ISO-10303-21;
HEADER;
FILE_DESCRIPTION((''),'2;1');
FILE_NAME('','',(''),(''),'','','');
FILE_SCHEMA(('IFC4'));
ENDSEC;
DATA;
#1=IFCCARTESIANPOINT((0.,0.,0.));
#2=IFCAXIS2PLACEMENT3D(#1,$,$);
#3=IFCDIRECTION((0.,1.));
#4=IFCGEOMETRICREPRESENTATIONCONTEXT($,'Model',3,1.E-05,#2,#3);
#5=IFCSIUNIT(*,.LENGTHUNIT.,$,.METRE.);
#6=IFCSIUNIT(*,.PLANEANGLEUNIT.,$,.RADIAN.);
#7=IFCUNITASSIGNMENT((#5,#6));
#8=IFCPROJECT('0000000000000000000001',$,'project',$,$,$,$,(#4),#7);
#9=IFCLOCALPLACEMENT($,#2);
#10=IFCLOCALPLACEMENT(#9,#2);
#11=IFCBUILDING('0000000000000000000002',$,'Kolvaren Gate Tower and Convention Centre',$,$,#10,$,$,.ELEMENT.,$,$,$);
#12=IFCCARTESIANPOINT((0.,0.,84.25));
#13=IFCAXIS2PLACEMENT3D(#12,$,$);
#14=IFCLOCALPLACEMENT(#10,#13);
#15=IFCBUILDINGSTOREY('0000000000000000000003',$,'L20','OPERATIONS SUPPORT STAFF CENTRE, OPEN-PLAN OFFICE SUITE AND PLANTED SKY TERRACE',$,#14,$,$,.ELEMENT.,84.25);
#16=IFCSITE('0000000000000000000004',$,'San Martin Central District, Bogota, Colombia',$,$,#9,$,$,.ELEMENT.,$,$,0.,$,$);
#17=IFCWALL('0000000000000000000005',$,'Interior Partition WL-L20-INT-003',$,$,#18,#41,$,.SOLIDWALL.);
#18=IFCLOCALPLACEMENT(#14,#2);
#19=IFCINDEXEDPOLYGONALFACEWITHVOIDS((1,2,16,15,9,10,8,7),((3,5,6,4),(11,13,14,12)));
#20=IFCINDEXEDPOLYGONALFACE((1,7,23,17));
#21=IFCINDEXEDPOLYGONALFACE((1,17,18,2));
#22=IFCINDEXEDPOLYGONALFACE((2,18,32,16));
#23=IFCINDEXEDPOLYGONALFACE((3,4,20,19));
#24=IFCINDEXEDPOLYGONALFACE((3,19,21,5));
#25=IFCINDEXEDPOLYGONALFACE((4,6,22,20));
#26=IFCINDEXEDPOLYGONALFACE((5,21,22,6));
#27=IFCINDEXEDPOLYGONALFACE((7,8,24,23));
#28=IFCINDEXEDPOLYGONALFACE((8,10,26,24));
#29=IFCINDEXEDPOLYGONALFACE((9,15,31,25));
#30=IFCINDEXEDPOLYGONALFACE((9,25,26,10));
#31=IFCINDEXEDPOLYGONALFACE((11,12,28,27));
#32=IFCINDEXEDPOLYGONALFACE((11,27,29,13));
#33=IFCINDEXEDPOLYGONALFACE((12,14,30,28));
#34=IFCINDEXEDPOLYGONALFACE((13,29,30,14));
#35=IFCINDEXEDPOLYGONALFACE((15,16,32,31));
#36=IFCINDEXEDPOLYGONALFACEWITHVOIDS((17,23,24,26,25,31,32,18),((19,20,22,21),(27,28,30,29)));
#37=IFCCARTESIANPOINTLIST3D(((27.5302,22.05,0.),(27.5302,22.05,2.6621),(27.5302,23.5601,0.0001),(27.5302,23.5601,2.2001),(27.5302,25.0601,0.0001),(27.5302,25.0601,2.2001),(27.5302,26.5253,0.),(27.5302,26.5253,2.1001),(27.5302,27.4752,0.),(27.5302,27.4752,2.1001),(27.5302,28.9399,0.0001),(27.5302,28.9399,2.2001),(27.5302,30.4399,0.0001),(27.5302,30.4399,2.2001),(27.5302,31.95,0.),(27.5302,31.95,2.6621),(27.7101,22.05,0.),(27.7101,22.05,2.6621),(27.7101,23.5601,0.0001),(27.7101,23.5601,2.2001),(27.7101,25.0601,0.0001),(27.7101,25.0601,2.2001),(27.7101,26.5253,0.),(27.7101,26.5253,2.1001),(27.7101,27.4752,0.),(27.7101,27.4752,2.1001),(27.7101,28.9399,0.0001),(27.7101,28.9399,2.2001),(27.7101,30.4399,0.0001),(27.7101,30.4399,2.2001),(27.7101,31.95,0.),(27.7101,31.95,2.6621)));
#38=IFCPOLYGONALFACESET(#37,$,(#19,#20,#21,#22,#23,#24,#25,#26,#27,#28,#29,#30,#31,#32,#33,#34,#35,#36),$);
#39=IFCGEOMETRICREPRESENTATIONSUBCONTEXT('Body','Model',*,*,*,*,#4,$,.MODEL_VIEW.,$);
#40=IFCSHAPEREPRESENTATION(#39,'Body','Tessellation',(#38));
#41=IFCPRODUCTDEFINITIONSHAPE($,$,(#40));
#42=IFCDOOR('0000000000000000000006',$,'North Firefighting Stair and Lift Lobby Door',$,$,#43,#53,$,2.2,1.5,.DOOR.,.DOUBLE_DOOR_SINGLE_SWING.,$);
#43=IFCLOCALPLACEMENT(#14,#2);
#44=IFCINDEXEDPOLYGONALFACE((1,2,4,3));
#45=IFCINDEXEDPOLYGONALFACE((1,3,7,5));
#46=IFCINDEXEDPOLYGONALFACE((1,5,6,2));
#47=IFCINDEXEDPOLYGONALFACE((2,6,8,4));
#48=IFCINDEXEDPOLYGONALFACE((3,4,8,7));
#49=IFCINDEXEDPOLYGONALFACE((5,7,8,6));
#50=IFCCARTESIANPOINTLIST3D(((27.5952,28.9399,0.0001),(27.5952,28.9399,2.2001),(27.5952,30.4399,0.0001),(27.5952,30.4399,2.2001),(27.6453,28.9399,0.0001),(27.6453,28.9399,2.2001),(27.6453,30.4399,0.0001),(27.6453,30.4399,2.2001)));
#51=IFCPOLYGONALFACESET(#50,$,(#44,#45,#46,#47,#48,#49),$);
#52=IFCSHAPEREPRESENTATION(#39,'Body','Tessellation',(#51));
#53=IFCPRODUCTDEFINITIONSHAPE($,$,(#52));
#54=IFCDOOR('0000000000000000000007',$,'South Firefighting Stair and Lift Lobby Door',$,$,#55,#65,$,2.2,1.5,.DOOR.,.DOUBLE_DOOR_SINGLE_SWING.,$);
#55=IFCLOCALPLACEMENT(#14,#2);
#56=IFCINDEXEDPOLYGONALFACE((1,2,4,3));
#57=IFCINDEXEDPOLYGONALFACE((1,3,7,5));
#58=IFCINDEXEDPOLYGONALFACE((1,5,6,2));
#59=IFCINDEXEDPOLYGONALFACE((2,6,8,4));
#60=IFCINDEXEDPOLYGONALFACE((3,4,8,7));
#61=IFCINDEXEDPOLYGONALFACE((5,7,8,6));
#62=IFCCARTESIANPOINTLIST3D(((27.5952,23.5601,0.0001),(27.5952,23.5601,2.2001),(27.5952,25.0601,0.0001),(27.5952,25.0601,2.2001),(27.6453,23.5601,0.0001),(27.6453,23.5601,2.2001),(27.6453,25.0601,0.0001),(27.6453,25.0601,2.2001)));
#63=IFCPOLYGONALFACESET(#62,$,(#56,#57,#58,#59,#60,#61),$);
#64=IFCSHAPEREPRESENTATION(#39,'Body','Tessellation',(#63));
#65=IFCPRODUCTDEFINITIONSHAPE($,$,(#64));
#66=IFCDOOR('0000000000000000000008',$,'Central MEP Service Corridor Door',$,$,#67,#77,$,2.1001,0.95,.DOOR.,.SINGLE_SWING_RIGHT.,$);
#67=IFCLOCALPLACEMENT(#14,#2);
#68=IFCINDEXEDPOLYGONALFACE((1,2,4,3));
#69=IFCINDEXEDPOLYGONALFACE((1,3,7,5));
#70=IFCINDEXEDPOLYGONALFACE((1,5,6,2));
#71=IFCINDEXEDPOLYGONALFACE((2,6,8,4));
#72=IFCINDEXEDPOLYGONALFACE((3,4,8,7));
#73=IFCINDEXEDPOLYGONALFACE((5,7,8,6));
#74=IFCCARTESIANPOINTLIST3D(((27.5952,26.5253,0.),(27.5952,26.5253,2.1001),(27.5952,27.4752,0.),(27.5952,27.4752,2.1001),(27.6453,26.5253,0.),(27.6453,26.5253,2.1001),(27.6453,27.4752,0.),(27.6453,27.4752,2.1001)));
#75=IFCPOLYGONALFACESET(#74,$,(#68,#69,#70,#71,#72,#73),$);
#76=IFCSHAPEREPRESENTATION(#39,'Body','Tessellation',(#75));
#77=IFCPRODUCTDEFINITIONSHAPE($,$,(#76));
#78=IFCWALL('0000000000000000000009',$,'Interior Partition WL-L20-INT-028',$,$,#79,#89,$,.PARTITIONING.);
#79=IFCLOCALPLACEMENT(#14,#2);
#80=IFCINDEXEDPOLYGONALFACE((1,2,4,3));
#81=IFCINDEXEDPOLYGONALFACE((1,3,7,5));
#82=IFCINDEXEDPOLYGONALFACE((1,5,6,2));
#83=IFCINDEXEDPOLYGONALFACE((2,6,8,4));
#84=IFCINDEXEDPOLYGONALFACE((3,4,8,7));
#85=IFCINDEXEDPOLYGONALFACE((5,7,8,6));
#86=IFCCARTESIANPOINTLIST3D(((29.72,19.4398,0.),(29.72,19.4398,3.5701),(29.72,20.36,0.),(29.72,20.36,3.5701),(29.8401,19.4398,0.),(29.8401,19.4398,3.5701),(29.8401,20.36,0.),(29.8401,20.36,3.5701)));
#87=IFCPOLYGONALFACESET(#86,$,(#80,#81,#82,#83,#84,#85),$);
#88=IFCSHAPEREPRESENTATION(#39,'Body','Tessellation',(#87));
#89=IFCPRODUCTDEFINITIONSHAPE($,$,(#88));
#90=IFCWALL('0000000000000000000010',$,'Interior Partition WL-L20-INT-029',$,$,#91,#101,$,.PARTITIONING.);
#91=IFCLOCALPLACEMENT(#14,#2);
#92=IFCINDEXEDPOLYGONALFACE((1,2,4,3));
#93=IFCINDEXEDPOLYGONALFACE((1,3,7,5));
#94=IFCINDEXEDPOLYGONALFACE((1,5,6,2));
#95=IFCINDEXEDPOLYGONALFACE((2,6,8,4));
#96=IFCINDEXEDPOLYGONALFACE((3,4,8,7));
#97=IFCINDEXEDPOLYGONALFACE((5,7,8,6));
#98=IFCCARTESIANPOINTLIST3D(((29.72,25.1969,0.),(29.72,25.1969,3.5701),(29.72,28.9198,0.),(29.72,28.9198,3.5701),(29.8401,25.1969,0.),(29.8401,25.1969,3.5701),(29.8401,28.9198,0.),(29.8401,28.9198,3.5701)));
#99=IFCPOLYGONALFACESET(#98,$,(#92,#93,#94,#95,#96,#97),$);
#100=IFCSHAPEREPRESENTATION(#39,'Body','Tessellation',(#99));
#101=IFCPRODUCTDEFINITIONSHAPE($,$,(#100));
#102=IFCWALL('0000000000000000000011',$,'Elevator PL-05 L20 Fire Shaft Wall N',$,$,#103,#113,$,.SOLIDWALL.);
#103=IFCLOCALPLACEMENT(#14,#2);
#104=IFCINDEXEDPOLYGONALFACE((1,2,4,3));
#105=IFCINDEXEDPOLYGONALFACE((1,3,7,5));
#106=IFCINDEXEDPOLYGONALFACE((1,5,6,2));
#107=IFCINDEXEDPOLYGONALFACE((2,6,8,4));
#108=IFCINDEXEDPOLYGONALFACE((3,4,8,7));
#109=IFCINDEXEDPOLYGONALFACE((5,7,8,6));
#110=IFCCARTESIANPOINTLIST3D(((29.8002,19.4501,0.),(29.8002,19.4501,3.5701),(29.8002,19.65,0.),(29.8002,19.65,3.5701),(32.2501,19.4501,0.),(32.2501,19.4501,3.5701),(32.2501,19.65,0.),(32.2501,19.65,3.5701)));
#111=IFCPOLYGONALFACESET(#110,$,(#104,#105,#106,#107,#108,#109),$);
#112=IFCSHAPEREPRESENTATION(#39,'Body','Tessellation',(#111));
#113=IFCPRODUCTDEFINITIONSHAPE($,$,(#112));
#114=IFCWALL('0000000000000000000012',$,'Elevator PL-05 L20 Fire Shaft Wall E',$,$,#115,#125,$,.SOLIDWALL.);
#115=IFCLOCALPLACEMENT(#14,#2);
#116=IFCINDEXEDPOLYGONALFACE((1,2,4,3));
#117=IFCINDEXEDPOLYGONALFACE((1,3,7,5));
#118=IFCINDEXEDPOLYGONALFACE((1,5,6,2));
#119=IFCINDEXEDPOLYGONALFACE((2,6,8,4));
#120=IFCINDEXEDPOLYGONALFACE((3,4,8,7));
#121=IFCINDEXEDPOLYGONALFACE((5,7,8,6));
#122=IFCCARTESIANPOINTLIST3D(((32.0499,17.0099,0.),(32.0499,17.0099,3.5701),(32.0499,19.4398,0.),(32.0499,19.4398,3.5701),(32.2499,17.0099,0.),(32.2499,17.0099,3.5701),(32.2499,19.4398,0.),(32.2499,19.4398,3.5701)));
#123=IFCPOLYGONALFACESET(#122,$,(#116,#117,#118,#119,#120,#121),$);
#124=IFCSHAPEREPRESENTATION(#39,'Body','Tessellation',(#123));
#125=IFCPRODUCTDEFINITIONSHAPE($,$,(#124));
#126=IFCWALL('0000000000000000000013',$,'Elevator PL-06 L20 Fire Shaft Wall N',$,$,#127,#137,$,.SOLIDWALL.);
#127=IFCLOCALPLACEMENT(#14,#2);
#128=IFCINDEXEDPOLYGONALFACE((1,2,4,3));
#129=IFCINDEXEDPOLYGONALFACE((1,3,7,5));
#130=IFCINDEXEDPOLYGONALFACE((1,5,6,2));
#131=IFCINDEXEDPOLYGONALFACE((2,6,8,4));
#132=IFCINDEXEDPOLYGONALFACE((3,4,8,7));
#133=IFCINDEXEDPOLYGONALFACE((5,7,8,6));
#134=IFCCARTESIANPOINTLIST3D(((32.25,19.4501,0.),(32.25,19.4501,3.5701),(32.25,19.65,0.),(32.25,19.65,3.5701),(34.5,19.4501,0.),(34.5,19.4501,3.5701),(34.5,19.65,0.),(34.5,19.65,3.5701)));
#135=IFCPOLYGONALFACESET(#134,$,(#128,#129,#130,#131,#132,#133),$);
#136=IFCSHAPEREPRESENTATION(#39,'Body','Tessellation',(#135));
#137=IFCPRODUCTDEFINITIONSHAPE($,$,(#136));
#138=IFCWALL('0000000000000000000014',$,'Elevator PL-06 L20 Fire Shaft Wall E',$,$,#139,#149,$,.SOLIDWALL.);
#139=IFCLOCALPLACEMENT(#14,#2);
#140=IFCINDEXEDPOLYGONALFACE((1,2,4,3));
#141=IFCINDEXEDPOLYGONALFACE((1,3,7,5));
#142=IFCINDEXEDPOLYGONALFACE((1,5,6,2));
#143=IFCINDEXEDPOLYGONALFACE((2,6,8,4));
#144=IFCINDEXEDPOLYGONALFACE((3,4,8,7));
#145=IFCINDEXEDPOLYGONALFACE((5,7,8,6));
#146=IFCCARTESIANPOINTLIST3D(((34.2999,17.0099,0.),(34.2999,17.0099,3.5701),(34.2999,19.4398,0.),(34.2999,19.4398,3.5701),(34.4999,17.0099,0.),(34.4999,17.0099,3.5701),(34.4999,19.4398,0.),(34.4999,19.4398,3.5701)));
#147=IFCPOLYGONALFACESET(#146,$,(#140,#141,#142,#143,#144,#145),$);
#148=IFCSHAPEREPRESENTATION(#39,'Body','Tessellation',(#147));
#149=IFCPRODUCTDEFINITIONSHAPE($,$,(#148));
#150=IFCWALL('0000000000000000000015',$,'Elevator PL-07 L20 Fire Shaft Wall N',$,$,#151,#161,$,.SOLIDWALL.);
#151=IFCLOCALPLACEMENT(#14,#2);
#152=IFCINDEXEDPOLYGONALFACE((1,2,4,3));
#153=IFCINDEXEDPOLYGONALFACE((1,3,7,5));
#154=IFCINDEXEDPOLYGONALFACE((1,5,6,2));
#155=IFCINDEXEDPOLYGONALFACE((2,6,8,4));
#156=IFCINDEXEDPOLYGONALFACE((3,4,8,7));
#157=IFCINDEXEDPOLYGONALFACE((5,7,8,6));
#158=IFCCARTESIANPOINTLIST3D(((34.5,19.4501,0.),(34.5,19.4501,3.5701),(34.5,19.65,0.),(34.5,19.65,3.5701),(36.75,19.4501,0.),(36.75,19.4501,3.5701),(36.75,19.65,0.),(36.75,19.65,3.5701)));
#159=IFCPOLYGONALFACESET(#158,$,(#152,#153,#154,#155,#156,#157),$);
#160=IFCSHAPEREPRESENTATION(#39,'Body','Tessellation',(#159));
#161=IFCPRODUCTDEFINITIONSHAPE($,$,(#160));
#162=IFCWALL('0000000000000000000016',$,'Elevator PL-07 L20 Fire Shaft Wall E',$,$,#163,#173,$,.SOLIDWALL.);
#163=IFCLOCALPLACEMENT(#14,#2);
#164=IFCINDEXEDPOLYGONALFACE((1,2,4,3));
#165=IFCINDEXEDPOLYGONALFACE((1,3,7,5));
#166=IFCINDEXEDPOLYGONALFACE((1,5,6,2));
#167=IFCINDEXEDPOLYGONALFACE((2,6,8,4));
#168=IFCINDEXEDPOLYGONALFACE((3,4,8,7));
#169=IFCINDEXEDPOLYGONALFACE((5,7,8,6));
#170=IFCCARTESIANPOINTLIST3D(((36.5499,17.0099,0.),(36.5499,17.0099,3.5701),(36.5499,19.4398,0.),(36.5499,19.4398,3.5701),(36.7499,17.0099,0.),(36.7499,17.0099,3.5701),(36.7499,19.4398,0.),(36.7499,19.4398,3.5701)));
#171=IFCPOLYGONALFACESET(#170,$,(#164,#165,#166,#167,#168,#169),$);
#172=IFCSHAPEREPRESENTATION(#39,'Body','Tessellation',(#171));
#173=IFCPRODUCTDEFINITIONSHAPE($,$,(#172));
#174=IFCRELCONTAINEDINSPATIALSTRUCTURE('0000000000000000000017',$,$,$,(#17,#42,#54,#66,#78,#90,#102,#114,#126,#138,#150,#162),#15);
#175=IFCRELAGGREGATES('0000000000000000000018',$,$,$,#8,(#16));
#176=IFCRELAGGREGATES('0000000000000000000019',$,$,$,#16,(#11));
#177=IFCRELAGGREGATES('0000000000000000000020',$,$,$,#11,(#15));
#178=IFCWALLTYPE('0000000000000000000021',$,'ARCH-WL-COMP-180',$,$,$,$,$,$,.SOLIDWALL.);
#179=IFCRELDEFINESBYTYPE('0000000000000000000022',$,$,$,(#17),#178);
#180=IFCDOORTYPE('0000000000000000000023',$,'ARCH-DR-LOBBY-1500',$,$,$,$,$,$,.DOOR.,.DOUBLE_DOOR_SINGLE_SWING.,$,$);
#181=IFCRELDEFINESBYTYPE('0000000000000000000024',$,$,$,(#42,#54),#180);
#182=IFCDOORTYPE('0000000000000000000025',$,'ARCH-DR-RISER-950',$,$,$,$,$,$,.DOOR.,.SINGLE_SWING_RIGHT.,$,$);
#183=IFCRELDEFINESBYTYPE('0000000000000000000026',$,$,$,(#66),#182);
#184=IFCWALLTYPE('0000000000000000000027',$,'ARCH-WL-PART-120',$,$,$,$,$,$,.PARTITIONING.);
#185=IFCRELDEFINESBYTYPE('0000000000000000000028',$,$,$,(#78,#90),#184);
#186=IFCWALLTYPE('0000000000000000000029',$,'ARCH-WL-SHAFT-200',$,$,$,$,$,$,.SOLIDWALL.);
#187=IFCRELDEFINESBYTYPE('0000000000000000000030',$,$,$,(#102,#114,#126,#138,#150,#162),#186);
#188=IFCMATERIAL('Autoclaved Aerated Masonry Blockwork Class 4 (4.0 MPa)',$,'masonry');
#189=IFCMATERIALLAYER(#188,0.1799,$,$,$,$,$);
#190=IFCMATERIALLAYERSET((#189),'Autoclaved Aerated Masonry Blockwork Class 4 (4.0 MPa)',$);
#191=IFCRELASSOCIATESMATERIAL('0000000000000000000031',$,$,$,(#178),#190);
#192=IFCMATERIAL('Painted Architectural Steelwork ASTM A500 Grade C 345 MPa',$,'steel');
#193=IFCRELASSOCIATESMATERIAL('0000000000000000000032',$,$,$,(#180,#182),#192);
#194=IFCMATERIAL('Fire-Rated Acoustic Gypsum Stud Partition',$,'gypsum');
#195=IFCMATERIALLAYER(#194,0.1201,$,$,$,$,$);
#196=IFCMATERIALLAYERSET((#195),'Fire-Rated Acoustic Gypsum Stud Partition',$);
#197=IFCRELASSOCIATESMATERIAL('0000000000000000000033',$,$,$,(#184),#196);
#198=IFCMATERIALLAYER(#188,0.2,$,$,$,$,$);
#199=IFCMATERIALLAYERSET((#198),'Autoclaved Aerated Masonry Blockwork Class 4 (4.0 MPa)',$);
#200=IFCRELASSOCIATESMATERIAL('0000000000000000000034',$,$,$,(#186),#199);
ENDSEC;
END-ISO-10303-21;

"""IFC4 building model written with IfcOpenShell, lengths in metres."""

from ifc_helpers import new_model, si_unit, direction, frame, frame_2d, origin, place, context, subcontext, project, spatial, rectangle, extrude, material, layer, layer_set, type_object, element, fill, save


model = new_model("IFC4")

# Units and contexts
model_context = context("Model", 3, precision=1e-05, world=origin(), true_north=direction((0.0, 1.0)))
body_context = subcontext(model_context, "Body", "Model", "MODEL_VIEW")
ifc_project = project(units=[si_unit("LENGTHUNIT", "METRE"), si_unit("PLANEANGLEUNIT", "RADIAN")], contexts=[model_context])

# Site, building, storey
site_placement = place(None, origin())
site = spatial("IfcSite", under=ifc_project, at=site_placement, Name="San Martin Central District, Bogota, Colombia", CompositionType="ELEMENT", RefElevation=0.0)
building_placement = place(site_placement, origin())
building = spatial("IfcBuilding", under=site, at=building_placement, Name="Kolvaren Gate Tower and Convention Centre", CompositionType="ELEMENT")
storey_placement = place(building_placement, frame((0.0, 0.0, 84.25)))
storey = spatial("IfcBuildingStorey", under=building, at=storey_placement, Name="L20", Description="OPERATIONS SUPPORT STAFF CENTRE, OPEN-PLAN OFFICE SUITE AND PLANTED SKY TERRACE", CompositionType="ELEMENT", Elevation=84.25)

# Wall, openings, doors
ifc_material_1 = material(Name="Autoclaved Aerated Masonry Blockwork Class 4 (4.0 MPa)", Category="masonry")
ifc_layer_1 = layer(ifc_material_1, 0.1799)
ifc_layer_set_1 = layer_set([ifc_layer_1], Name="Autoclaved Aerated Masonry Blockwork Class 4 (4.0 MPa)")
wall_type_1 = type_object("IfcWallType", Name="ARCH-WL-COMP-180", PredefinedType="SOLIDWALL", material=ifc_layer_set_1)
wall_1_placement = place(storey_placement, frame((27.6201, 22.05, 0.0), z_axis=(0.0, 0.0, 1.0), x_axis=(0.0, 1.0, 0.0)))
wall_1 = element("IfcWall", 1, at=wall_1_placement, inside=storey, type_object=wall_type_1, Name="Interior Partition WL-L20-INT-003", PredefinedType="SOLIDWALL", context=body_context, shape_type="SweptSolid", body=[
    extrude(rectangle(XDim=9.8999, YDim=0.1799, at=frame_2d((4.95, 0.0))), origin(), (0.0, 0.0, 1.0), 2.6621),
])
opening_1_placement = place(wall_1_placement, frame((4.4751, 0.0, 0.0)))
opening_1 = element("IfcOpeningElement", 2, at=opening_1_placement, cuts=wall_1, PredefinedType="OPENING", context=body_context, shape_type="SweptSolid", body=[
    extrude(rectangle(XDim=0.95, YDim=2.1001, at=frame_2d((0.4751, 1.05))), frame((0.0, 0.0999, 0.0), z_axis=(0.0, -1.0, 0.0), x_axis=(1.0, 0.0, 0.0)), (0.0, 0.0, 1.0), 0.2),
])
opening_2_placement = place(wall_1_placement, frame((6.8899, 0.0, 0.0)))
opening_2 = element("IfcOpeningElement", 3, at=opening_2_placement, cuts=wall_1, PredefinedType="OPENING", context=body_context, shape_type="SweptSolid", body=[
    extrude(rectangle(XDim=1.5, YDim=2.2, at=frame_2d((0.75, 1.1001))), frame((0.0, 0.0999, 0.0), z_axis=(0.0, -1.0, 0.0), x_axis=(1.0, 0.0, 0.0)), (0.0, 0.0, 1.0), 0.2),
])
opening_3_placement = place(wall_1_placement, frame((1.51, 0.0, 0.0)))
opening_3 = element("IfcOpeningElement", 4, at=opening_3_placement, cuts=wall_1, PredefinedType="OPENING", context=body_context, shape_type="SweptSolid", body=[
    extrude(rectangle(XDim=1.5, YDim=2.2, at=frame_2d((0.75, 1.1001))), frame((0.0, 0.0999, 0.0), z_axis=(0.0, -1.0, 0.0), x_axis=(1.0, 0.0, 0.0)), (0.0, 0.0, 1.0), 0.2),
])
ifc_material_2 = material(Name="Painted Architectural Steelwork ASTM A500 Grade C 345 MPa", Category="steel")
door_type_1 = type_object("IfcDoorType", Name="ARCH-DR-LOBBY-1500", OperationType="DOUBLE_DOOR_SINGLE_SWING", PredefinedType="DOOR", material=ifc_material_2)
door_1_placement = place(opening_2_placement, origin())
door_1 = element("IfcDoor", 5, at=door_1_placement, inside=storey, type_object=door_type_1, Name="North Firefighting Stair and Lift Lobby Door", OperationType="DOUBLE_DOOR_SINGLE_SWING", OverallHeight=2.2, OverallWidth=1.5, PredefinedType="DOOR", context=body_context, shape_type="SweptSolid", body=[
    extrude(rectangle(XDim=1.5, YDim=2.2, at=frame_2d((0.75, 1.1001))), frame((0.0, 0.0249, 0.0), z_axis=(0.0, -1.0, 0.0), x_axis=(1.0, 0.0, 0.0)), (0.0, 0.0, 1.0), 0.05),
])
fill(opening_2, door_1)
door_2_placement = place(opening_3_placement, origin())
door_2 = element("IfcDoor", 6, at=door_2_placement, inside=storey, type_object=door_type_1, Name="South Firefighting Stair and Lift Lobby Door", OperationType="DOUBLE_DOOR_SINGLE_SWING", OverallHeight=2.2, OverallWidth=1.5, PredefinedType="DOOR", context=body_context, shape_type="SweptSolid", body=[
    extrude(rectangle(XDim=1.5, YDim=2.2, at=frame_2d((0.75, 1.1001))), frame((0.0, 0.0249, 0.0), z_axis=(0.0, -1.0, 0.0), x_axis=(1.0, 0.0, 0.0)), (0.0, 0.0, 1.0), 0.05),
])
fill(opening_3, door_2)
door_type_2 = type_object("IfcDoorType", Name="ARCH-DR-RISER-950", OperationType="SINGLE_SWING_RIGHT", PredefinedType="DOOR", material=ifc_material_2)
door_3_placement = place(opening_1_placement, origin())
door_3 = element("IfcDoor", 7, at=door_3_placement, inside=storey, type_object=door_type_2, Name="Central MEP Service Corridor Door", OperationType="SINGLE_SWING_RIGHT", OverallHeight=2.1001, OverallWidth=0.95, PredefinedType="DOOR", context=body_context, shape_type="SweptSolid", body=[
    extrude(rectangle(XDim=0.95, YDim=2.1001, at=frame_2d((0.4751, 1.05))), frame((0.0, 0.0249, 0.0), z_axis=(0.0, -1.0, 0.0), x_axis=(1.0, 0.0, 0.0)), (0.0, 0.0, 1.0), 0.05),
])
fill(opening_1, door_3)

# Walls
ifc_material_3 = material(Name="Fire-Rated Acoustic Gypsum Stud Partition", Category="gypsum")
ifc_layer_2 = layer(ifc_material_3, 0.1201)
ifc_layer_set_2 = layer_set([ifc_layer_2], Name="Fire-Rated Acoustic Gypsum Stud Partition")
wall_type_2 = type_object("IfcWallType", Name="ARCH-WL-PART-120", PredefinedType="PARTITIONING", material=ifc_layer_set_2)
wall_2_placement = place(storey_placement, frame((29.78, 19.4399, 0.0), z_axis=(0.0, 0.0, 1.0), x_axis=(0.0, 1.0, 0.0)))
element("IfcWall", 8, at=wall_2_placement, inside=storey, type_object=wall_type_2, Name="Interior Partition WL-L20-INT-028", PredefinedType="PARTITIONING", context=body_context, shape_type="SweptSolid", body=[
    extrude(rectangle(XDim=0.9202, YDim=0.1201, at=frame_2d((0.46, 0.0))), origin(), (0.0, 0.0, 1.0), 3.5701),
])
wall_3_placement = place(storey_placement, frame((29.78, 25.197, 0.0), z_axis=(0.0, 0.0, 1.0), x_axis=(0.0, 1.0, 0.0)))
element("IfcWall", 9, at=wall_3_placement, inside=storey, type_object=wall_type_2, Name="Interior Partition WL-L20-INT-029", PredefinedType="PARTITIONING", context=body_context, shape_type="SweptSolid", body=[
    extrude(rectangle(XDim=3.7229, YDim=0.1201, at=frame_2d((1.8613, 0.0))), origin(), (0.0, 0.0, 1.0), 3.5701),
])
ifc_layer_3 = layer(ifc_material_1, 0.2)
ifc_layer_set_3 = layer_set([ifc_layer_3], Name="Autoclaved Aerated Masonry Blockwork Class 4 (4.0 MPa)")
wall_type_3 = type_object("IfcWallType", Name="ARCH-WL-SHAFT-200", PredefinedType="SOLIDWALL", material=ifc_layer_set_3)
wall_4_placement = place(storey_placement, frame((29.8, 19.55, 0.0), z_axis=(0.0, 0.0, 1.0), x_axis=(1.0, 0.0, 0.0)))
element("IfcWall", 10, at=wall_4_placement, inside=storey, type_object=wall_type_3, Name="Elevator PL-05 L20 Fire Shaft Wall N", PredefinedType="SOLIDWALL", context=body_context, shape_type="SweptSolid", body=[
    extrude(rectangle(XDim=2.45, YDim=0.2, at=frame_2d((1.2251, 0.0))), origin(), (0.0, 0.0, 1.0), 3.5701),
])
wall_5_placement = place(storey_placement, frame((32.1499, 17.01, 0.0), z_axis=(0.0, 0.0, 1.0), x_axis=(0.0, 1.0, 0.0)))
element("IfcWall", 11, at=wall_5_placement, inside=storey, type_object=wall_type_3, Name="Elevator PL-05 L20 Fire Shaft Wall E", PredefinedType="SOLIDWALL", context=body_context, shape_type="SweptSolid", body=[
    extrude(rectangle(XDim=2.4299, YDim=0.2, at=frame_2d((1.2148, 0.0))), origin(), (0.0, 0.0, 1.0), 3.5701),
])
wall_6_placement = place(storey_placement, frame((32.25, 19.55, 0.0), z_axis=(0.0, 0.0, 1.0), x_axis=(1.0, 0.0, 0.0)))
element("IfcWall", 12, at=wall_6_placement, inside=storey, type_object=wall_type_3, Name="Elevator PL-06 L20 Fire Shaft Wall N", PredefinedType="SOLIDWALL", context=body_context, shape_type="SweptSolid", body=[
    extrude(rectangle(XDim=2.25, YDim=0.2, at=frame_2d((1.125, 0.0))), origin(), (0.0, 0.0, 1.0), 3.5701),
])
wall_7_placement = place(storey_placement, frame((34.3999, 17.01, 0.0), z_axis=(0.0, 0.0, 1.0), x_axis=(0.0, 1.0, 0.0)))
element("IfcWall", 13, at=wall_7_placement, inside=storey, type_object=wall_type_3, Name="Elevator PL-06 L20 Fire Shaft Wall E", PredefinedType="SOLIDWALL", context=body_context, shape_type="SweptSolid", body=[
    extrude(rectangle(XDim=2.4299, YDim=0.2, at=frame_2d((1.2148, 0.0))), origin(), (0.0, 0.0, 1.0), 3.5701),
])
wall_8_placement = place(storey_placement, frame((34.5, 19.55, 0.0), z_axis=(0.0, 0.0, 1.0), x_axis=(1.0, 0.0, 0.0)))
element("IfcWall", 14, at=wall_8_placement, inside=storey, type_object=wall_type_3, Name="Elevator PL-07 L20 Fire Shaft Wall N", PredefinedType="SOLIDWALL", context=body_context, shape_type="SweptSolid", body=[
    extrude(rectangle(XDim=2.25, YDim=0.2, at=frame_2d((1.125, 0.0))), origin(), (0.0, 0.0, 1.0), 3.5701),
])
wall_9_placement = place(storey_placement, frame((36.6499, 17.01, 0.0), z_axis=(0.0, 0.0, 1.0), x_axis=(0.0, 1.0, 0.0)))
element("IfcWall", 15, at=wall_9_placement, inside=storey, type_object=wall_type_3, Name="Elevator PL-07 L20 Fire Shaft Wall E", PredefinedType="SOLIDWALL", context=body_context, shape_type="SweptSolid", body=[
    extrude(rectangle(XDim=2.4299, YDim=0.2, at=frame_2d((1.2148, 0.0))), origin(), (0.0, 0.0, 1.0), 3.5701),
])

save(model, "model.ifc")
